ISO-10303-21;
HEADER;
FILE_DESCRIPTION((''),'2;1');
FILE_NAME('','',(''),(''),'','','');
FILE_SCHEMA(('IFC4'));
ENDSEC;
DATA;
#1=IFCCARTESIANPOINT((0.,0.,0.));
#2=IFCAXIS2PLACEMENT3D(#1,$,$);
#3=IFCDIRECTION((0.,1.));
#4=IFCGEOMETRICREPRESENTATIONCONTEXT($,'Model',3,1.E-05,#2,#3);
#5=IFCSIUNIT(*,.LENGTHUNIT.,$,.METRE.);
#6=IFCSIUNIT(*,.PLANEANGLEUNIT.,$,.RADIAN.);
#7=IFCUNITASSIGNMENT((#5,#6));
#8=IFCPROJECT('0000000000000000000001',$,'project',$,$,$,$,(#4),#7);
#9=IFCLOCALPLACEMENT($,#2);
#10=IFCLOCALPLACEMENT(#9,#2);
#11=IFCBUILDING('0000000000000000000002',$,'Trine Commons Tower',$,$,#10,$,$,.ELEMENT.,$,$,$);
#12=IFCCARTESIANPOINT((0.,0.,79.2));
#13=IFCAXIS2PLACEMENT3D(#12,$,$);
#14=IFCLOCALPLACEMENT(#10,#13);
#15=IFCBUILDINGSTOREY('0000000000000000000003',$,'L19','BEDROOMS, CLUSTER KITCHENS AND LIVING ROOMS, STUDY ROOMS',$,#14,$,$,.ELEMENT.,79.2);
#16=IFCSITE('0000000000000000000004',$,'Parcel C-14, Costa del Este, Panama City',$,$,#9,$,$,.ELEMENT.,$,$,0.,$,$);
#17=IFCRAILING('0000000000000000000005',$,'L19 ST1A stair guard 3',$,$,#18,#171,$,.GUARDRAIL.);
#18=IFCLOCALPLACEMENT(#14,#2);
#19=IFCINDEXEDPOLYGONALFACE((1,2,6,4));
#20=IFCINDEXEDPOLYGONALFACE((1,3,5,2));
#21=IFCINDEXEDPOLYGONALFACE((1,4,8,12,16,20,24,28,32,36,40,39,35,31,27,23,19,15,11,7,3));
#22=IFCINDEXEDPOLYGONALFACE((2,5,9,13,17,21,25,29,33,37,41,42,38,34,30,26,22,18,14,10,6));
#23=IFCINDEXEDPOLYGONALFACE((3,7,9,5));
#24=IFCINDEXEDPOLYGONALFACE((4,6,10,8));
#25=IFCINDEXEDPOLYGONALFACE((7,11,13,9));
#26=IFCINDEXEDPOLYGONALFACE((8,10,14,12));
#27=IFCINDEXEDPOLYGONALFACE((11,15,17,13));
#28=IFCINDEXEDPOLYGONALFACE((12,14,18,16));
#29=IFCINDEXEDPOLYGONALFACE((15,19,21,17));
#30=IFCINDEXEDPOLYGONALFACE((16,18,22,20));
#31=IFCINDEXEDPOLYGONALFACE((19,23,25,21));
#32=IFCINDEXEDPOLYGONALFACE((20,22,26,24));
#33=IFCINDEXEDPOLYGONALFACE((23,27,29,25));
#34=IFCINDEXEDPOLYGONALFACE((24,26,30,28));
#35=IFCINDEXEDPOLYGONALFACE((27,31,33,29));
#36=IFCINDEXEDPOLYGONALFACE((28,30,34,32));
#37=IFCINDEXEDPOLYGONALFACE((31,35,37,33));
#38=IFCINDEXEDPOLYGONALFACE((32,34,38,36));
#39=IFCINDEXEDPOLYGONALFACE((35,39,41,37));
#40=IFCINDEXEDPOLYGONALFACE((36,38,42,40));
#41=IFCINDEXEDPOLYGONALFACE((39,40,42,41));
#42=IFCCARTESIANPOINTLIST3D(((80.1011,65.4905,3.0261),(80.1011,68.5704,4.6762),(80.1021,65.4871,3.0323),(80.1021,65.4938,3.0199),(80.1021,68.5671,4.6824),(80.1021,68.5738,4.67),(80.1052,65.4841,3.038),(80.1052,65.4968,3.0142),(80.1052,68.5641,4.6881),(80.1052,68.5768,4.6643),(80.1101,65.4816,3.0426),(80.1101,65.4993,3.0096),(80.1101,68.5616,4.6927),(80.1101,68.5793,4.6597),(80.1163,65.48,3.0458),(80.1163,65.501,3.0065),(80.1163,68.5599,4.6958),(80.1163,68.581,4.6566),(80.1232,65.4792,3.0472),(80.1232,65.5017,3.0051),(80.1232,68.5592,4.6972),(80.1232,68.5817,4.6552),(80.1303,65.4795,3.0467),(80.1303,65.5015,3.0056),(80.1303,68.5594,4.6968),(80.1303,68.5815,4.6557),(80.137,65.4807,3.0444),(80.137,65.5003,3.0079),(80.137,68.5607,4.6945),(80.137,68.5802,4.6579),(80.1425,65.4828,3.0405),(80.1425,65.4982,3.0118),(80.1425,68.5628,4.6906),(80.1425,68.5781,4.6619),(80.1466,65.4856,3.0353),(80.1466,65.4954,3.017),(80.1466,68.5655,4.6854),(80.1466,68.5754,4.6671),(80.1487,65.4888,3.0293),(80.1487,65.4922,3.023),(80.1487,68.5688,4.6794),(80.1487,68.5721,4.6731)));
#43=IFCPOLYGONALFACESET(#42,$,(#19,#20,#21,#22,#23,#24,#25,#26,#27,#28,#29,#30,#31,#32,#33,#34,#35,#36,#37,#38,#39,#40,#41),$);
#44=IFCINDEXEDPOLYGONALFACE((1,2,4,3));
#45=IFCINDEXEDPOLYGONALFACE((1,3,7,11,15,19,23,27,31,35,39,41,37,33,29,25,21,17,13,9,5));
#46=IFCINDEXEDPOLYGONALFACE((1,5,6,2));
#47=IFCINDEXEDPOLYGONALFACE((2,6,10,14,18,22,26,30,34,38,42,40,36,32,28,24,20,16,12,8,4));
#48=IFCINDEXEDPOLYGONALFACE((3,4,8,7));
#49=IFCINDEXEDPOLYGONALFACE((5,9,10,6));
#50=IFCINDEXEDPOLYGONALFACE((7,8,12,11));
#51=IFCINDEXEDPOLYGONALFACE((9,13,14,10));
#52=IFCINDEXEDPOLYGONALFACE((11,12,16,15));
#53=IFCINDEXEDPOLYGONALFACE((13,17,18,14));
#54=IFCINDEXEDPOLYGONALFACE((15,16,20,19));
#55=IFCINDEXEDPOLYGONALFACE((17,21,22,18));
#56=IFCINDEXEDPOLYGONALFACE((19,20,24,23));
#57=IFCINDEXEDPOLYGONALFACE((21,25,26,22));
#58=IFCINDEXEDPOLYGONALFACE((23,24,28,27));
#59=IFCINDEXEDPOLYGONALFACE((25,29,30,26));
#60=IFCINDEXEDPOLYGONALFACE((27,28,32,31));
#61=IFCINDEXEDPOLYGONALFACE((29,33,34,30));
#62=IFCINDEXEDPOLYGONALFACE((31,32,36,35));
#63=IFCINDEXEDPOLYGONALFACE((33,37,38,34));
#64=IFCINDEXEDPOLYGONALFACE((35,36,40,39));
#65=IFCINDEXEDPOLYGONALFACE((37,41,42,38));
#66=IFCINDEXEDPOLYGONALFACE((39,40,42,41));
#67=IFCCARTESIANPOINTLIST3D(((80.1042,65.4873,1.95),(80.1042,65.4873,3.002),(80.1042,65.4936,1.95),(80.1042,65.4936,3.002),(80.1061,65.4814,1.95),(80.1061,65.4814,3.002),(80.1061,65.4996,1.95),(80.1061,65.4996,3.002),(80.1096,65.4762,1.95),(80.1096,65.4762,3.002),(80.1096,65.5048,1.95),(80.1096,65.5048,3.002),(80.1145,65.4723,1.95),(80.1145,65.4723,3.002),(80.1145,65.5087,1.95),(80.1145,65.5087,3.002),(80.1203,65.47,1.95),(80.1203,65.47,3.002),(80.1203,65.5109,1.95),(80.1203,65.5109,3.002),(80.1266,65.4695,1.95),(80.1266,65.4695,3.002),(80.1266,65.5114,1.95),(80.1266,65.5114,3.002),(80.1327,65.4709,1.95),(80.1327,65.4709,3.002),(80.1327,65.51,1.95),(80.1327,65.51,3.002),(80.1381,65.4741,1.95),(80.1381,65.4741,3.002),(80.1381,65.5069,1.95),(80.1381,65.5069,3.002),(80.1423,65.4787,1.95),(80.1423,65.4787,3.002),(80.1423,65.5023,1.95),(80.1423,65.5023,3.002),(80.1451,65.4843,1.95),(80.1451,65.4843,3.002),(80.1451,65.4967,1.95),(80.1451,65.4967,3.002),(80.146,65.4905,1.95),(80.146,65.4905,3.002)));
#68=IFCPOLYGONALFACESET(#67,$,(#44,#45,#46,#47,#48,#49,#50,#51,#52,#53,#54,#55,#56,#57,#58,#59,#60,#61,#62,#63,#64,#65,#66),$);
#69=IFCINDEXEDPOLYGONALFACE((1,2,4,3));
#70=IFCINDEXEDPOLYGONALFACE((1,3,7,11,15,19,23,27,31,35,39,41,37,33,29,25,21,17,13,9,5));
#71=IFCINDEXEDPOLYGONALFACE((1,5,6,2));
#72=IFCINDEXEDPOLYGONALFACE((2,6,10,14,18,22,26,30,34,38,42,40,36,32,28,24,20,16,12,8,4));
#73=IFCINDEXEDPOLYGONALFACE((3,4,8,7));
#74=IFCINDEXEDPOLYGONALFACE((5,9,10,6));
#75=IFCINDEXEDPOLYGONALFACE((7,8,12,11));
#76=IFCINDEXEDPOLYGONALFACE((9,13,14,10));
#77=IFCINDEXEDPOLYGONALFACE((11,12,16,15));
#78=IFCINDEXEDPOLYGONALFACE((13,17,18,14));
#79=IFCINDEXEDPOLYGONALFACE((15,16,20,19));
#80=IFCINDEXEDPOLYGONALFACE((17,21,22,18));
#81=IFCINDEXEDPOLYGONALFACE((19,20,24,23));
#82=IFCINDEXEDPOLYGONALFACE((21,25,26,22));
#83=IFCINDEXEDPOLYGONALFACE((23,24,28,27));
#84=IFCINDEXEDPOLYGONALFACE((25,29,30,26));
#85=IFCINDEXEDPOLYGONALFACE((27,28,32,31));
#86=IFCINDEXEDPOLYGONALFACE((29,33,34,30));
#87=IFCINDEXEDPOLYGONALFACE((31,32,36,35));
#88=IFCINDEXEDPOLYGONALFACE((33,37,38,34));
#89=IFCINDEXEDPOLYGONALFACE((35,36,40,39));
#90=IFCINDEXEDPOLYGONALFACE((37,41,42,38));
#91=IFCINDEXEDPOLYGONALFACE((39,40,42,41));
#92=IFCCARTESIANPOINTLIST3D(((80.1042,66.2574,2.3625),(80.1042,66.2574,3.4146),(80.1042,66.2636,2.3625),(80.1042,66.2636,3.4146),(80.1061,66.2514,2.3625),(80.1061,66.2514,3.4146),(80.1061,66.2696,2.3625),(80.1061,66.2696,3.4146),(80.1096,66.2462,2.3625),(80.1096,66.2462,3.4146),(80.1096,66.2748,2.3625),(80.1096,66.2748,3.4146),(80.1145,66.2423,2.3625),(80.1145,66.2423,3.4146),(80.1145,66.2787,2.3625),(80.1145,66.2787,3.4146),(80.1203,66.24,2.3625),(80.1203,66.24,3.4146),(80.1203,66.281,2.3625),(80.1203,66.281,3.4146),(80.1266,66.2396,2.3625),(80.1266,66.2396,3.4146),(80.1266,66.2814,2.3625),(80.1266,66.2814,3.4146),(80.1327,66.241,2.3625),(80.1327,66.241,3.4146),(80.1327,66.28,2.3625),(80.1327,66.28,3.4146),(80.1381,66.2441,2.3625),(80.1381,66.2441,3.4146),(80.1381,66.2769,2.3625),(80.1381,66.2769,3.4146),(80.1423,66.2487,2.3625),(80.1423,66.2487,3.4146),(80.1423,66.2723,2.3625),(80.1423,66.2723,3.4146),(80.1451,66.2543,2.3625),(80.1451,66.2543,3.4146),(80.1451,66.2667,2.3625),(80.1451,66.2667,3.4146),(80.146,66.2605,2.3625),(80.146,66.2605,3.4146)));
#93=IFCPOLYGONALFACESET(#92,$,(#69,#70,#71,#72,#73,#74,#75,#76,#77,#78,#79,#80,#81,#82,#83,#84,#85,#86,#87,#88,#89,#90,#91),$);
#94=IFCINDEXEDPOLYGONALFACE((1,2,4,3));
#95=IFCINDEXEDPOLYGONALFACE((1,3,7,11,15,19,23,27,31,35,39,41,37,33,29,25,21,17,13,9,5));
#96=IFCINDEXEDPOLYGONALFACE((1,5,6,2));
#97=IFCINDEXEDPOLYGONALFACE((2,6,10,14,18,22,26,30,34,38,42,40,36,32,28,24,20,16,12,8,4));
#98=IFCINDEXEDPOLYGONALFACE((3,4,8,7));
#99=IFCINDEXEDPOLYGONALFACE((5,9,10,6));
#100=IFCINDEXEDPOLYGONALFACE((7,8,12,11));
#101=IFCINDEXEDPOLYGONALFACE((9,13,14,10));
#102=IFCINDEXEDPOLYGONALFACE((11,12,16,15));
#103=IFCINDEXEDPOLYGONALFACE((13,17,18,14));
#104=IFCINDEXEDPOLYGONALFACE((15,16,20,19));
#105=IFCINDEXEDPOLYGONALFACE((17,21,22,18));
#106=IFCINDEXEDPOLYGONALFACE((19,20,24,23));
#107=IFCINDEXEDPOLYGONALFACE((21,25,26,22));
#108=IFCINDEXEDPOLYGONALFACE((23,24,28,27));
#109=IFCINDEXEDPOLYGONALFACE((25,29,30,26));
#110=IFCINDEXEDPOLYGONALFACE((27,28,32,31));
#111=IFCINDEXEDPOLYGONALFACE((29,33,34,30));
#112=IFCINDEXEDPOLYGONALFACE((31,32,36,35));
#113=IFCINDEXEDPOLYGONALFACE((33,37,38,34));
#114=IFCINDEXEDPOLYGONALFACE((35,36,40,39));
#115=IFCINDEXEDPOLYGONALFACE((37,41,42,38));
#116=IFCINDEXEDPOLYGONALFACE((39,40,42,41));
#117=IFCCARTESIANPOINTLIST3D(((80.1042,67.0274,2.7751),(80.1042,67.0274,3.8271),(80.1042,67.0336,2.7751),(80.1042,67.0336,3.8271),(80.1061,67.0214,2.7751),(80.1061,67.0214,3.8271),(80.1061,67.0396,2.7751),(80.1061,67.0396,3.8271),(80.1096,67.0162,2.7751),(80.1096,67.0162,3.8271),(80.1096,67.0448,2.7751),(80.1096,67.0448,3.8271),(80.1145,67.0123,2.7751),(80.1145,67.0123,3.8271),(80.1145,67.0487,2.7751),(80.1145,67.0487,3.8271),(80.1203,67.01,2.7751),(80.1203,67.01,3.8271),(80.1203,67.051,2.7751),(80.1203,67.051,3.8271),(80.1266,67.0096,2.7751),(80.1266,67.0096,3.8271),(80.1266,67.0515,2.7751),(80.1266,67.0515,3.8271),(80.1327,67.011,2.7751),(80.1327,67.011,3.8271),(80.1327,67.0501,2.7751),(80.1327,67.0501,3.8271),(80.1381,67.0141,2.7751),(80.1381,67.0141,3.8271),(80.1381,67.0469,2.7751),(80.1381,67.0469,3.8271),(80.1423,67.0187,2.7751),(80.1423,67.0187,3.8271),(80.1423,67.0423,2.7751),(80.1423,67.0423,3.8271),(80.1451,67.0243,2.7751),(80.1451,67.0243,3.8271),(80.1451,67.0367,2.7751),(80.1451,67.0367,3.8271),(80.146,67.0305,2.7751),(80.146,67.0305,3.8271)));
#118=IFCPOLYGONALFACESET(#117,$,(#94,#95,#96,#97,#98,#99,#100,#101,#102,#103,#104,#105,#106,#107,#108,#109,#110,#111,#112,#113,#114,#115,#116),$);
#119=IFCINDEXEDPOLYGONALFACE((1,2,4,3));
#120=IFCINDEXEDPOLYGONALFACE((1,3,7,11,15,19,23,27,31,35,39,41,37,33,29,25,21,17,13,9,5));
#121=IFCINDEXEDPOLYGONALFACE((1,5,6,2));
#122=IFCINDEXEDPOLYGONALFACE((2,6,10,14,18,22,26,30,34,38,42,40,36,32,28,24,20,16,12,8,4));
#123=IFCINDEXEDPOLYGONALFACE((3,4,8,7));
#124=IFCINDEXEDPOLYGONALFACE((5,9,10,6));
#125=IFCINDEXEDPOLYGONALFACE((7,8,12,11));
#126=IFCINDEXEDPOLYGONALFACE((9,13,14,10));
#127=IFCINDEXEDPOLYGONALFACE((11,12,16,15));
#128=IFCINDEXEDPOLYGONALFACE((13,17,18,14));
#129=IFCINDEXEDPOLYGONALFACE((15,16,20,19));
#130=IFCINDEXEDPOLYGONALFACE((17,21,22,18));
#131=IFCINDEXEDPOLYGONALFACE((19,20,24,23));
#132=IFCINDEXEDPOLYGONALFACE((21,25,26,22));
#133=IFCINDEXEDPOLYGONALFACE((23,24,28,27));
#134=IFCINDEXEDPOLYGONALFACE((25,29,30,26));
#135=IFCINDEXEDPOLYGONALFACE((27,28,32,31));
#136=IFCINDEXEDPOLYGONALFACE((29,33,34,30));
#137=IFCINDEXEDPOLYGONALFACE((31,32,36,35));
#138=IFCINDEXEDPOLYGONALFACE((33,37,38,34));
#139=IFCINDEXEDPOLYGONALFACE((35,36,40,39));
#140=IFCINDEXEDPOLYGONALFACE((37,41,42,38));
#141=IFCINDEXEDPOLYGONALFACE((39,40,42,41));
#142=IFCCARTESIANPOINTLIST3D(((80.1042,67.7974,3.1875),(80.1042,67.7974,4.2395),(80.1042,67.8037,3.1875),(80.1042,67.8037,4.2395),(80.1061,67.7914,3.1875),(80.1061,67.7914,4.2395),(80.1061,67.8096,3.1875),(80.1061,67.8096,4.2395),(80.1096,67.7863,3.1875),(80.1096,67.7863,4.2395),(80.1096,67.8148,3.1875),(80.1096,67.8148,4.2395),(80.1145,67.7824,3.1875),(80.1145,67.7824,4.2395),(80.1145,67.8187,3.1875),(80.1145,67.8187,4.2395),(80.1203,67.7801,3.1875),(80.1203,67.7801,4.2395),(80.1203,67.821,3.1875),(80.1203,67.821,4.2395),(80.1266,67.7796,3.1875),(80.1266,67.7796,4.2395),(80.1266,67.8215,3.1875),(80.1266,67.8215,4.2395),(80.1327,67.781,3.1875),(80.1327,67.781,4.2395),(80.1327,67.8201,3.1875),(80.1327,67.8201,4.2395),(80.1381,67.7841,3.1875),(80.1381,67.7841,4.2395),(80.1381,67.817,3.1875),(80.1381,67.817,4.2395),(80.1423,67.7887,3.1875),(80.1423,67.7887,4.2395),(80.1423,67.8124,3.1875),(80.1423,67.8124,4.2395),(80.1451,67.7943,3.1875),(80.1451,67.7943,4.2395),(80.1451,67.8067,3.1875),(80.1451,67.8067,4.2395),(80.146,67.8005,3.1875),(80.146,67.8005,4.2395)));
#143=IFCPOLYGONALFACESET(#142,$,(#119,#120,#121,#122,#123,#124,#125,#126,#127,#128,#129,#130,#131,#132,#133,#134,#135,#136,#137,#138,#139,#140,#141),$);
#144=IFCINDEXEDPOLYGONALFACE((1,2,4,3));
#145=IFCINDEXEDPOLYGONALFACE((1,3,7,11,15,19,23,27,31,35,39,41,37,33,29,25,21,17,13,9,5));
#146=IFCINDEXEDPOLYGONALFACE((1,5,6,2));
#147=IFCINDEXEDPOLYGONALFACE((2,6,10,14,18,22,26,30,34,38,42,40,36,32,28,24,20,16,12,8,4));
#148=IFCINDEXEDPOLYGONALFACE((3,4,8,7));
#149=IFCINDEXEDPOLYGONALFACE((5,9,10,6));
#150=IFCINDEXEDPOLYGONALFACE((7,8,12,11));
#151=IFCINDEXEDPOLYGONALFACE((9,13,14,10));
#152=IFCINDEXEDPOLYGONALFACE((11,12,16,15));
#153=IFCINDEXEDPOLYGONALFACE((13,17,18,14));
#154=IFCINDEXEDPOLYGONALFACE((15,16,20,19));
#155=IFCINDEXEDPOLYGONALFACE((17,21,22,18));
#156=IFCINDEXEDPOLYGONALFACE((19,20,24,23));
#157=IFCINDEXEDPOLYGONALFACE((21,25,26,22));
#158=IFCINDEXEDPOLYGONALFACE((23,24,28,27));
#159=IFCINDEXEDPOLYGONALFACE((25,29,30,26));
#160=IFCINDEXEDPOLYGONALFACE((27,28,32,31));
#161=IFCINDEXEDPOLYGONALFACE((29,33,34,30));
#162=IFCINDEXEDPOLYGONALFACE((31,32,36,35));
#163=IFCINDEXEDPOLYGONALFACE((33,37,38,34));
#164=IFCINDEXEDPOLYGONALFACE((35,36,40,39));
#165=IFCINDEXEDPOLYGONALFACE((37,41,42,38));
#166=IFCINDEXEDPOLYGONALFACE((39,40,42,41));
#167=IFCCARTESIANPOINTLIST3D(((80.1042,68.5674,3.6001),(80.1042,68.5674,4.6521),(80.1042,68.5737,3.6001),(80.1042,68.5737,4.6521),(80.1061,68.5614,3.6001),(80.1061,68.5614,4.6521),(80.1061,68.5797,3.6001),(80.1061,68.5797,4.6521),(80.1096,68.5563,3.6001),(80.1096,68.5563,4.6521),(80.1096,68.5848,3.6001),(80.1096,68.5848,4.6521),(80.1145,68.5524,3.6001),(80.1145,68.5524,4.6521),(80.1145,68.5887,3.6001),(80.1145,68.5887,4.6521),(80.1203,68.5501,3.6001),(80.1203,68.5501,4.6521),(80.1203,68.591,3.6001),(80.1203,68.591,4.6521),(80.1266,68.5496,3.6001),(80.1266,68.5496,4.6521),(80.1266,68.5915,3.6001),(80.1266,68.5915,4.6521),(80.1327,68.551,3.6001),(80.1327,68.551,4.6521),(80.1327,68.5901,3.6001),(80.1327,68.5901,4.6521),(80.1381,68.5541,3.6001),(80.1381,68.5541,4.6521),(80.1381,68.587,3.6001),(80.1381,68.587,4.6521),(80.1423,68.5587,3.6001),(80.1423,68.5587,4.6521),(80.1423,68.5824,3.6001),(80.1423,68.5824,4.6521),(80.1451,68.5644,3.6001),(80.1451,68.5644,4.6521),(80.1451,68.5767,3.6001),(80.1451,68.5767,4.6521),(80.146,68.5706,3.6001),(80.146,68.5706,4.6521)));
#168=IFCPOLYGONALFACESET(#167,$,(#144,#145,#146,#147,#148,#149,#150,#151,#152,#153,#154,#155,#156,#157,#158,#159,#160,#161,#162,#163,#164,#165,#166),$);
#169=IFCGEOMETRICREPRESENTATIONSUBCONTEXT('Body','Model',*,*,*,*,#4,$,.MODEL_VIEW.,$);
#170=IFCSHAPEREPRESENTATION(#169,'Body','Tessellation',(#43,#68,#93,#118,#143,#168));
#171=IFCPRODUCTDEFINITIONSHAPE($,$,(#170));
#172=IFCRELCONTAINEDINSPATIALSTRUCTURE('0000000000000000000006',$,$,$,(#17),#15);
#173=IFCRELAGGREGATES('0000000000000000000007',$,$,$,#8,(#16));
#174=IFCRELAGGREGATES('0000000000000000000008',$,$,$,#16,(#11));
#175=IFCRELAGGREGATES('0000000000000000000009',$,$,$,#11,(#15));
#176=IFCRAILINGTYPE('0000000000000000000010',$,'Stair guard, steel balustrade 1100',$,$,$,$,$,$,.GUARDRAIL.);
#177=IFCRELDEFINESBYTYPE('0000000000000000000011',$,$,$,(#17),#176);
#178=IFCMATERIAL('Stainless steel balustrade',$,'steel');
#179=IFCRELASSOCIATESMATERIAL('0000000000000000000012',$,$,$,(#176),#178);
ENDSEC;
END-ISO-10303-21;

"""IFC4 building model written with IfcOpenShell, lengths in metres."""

from ifc_helpers import new_model, si_unit, direction, frame, origin, origin_2d, place, context, subcontext, project, spatial, circle, extrude, material, type_object, element, save


model = new_model("IFC4")

# Units and contexts
model_context = context("Model", 3, precision=1e-05, world=origin(), true_north=direction((0.0, 1.0)))
body_context = subcontext(model_context, "Body", "Model", "MODEL_VIEW")
ifc_project = project(units=[si_unit("LENGTHUNIT", "METRE"), si_unit("PLANEANGLEUNIT", "RADIAN")], contexts=[model_context])

# Site, building, storey
site_placement = place(None, origin())
site = spatial("IfcSite", under=ifc_project, at=site_placement, Name="Parcel C-14, Costa del Este, Panama City", CompositionType="ELEMENT", RefElevation=0.0)
building_placement = place(site_placement, origin())
building = spatial("IfcBuilding", under=site, at=building_placement, Name="Trine Commons Tower", CompositionType="ELEMENT")
storey_placement = place(building_placement, frame((0.0, 0.0, 79.2)))
storey = spatial("IfcBuildingStorey", under=building, at=storey_placement, Name="L19", Description="BEDROOMS, CLUSTER KITCHENS AND LIVING ROOMS, STUDY ROOMS", CompositionType="ELEMENT", Elevation=79.2)

# Railing
ifc_material_1 = material(Name="Stainless steel balustrade", Category="steel")
railing_type_1 = type_object("IfcRailingType", Name="Stair guard, steel balustrade 1100", PredefinedType="GUARDRAIL", material=ifc_material_1)
railing_1_placement = place(storey_placement, frame((80.125, 65.4905, 1.95)))
element("IfcRailing", 1, at=railing_1_placement, inside=storey, type_object=railing_type_1, Name="L19 ST1A stair guard 3", PredefinedType="GUARDRAIL", context=body_context, shape_type="SweptSolid", body=[
    extrude(circle(Radius=0.0239, at=origin_2d()), frame((0.0, 0.0, 1.0762), z_axis=(0.0, 0.881468, 0.472245), x_axis=(-1.0, 0.0, 0.0)), (0.0, 0.0, 1.0), 3.4941),
    extrude(circle(Radius=0.021, at=origin_2d()), origin(), (0.0, 0.0, 1.0), 1.052),
    extrude(circle(Radius=0.021, at=origin_2d()), frame((0.0, 0.77, 0.4126)), (0.0, 0.0, 1.0), 1.052),
    extrude(circle(Radius=0.021, at=origin_2d()), frame((0.0, 1.54, 0.8252)), (0.0, 0.0, 1.0), 1.052),
    extrude(circle(Radius=0.021, at=origin_2d()), frame((0.0, 2.3101, 1.2375)), (0.0, 0.0, 1.0), 1.052),
    extrude(circle(Radius=0.021, at=origin_2d()), frame((0.0, 3.0801, 1.6501)), (0.0, 0.0, 1.0), 1.052),
])

save(model, "model.ifc")
